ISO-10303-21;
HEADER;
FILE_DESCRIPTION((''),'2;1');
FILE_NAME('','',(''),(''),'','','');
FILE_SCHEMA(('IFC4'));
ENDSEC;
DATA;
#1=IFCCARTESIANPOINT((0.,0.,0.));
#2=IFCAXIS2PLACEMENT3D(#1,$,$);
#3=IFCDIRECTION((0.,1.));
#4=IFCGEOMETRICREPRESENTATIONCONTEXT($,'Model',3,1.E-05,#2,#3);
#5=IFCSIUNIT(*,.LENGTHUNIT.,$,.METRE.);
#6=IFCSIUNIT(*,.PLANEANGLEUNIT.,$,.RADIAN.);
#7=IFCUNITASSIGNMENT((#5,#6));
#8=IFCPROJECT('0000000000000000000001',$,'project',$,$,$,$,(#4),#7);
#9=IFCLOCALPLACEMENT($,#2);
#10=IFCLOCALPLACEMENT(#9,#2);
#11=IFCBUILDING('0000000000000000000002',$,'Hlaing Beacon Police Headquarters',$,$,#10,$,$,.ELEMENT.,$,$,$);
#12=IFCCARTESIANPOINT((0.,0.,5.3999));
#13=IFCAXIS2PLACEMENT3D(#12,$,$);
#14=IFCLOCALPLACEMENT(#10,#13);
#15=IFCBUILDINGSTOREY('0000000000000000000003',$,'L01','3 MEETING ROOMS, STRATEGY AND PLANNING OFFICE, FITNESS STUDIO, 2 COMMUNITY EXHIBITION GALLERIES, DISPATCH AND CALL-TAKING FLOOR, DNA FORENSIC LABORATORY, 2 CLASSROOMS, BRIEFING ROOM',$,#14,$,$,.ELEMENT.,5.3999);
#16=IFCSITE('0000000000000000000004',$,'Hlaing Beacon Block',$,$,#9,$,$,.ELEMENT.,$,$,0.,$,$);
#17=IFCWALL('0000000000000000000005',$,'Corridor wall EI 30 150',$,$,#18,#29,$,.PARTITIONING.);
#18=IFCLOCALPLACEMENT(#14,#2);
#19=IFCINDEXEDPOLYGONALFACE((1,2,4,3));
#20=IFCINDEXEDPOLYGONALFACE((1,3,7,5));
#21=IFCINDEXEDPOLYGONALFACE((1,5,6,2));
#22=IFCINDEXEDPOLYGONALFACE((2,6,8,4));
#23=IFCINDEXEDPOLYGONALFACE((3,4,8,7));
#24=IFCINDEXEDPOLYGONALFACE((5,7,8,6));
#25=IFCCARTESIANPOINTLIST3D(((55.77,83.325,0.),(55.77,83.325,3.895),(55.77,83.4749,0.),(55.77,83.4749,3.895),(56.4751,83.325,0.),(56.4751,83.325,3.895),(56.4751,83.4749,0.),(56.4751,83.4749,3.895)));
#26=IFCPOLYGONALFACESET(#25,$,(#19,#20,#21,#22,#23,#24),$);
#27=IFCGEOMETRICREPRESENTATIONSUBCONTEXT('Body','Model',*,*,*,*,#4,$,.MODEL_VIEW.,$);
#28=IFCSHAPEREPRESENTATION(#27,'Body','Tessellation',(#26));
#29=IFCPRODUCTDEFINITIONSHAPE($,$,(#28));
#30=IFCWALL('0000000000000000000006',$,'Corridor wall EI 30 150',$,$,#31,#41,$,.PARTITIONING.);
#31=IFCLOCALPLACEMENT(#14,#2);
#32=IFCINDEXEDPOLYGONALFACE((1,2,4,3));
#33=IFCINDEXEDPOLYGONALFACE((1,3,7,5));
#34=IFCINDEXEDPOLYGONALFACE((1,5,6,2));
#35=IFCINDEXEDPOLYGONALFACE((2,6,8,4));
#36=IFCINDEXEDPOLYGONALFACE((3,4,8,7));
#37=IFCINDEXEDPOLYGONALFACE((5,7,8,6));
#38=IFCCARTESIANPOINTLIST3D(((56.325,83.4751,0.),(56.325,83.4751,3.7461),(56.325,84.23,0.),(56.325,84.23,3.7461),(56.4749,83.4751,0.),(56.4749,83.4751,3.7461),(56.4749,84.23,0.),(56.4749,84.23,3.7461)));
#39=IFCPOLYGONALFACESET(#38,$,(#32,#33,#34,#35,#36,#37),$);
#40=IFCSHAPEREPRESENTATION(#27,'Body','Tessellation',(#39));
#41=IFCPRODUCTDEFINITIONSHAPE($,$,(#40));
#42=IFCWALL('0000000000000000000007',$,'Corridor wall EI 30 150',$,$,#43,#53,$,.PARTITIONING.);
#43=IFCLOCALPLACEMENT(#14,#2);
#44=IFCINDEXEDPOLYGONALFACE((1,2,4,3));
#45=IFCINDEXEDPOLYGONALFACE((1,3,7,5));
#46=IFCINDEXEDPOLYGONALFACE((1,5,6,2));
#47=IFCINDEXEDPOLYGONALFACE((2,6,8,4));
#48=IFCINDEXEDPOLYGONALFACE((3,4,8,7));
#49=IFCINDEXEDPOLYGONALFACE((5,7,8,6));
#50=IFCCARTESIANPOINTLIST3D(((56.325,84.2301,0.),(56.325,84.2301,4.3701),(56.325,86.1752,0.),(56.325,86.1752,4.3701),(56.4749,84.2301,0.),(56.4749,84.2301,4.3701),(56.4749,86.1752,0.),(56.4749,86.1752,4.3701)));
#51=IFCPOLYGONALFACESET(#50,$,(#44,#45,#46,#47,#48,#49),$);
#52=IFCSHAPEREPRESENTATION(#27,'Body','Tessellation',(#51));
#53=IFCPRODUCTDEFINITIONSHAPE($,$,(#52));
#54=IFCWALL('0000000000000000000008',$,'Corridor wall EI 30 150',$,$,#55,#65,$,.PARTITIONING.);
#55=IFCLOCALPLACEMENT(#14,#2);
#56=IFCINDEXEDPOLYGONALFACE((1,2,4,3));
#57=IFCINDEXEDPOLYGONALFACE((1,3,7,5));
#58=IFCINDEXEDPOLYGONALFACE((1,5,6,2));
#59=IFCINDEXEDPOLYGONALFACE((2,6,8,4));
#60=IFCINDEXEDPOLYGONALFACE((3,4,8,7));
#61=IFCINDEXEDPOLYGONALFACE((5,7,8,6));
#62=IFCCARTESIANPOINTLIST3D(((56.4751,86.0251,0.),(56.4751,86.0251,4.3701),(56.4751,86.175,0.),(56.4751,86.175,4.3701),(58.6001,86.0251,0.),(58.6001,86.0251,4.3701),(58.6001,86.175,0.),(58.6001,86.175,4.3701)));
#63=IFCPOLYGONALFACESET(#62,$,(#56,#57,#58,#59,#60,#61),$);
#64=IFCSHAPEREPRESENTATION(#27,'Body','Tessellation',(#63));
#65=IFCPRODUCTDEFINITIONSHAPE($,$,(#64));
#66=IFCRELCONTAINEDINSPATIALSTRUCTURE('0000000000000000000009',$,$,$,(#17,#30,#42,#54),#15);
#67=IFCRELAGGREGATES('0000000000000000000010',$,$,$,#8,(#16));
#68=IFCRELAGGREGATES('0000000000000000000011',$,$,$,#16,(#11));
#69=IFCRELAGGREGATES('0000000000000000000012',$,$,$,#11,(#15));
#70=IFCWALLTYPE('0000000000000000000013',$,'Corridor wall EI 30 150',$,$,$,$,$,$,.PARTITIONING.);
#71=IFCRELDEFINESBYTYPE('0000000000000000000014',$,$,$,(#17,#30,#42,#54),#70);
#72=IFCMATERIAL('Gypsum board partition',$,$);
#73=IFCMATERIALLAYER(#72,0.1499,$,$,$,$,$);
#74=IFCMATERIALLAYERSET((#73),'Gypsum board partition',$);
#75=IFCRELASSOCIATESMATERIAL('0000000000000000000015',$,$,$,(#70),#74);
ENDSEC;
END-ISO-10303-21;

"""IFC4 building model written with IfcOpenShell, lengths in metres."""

from ifc_helpers import new_model, si_unit, direction, frame, frame_2d, origin, place, context, subcontext, project, spatial, rectangle, extrude, material, layer, layer_set, type_object, element, save


model = new_model("IFC4")

# Units and contexts
model_context = context("Model", 3, precision=1e-05, world=origin(), true_north=direction((0.0, 1.0)))
body_context = subcontext(model_context, "Body", "Model", "MODEL_VIEW")
ifc_project = project(units=[si_unit("LENGTHUNIT", "METRE"), si_unit("PLANEANGLEUNIT", "RADIAN")], contexts=[model_context])

# Site, building, storey
site_placement = place(None, origin())
site = spatial("IfcSite", under=ifc_project, at=site_placement, Name="Hlaing Beacon Block", CompositionType="ELEMENT", RefElevation=0.0)
building_placement = place(site_placement, origin())
building = spatial("IfcBuilding", under=site, at=building_placement, Name="Hlaing Beacon Police Headquarters", CompositionType="ELEMENT")
storey_placement = place(building_placement, frame((0.0, 0.0, 5.3999)))
storey = spatial("IfcBuildingStorey", under=building, at=storey_placement, Name="L01", Description="3 MEETING ROOMS, STRATEGY AND PLANNING OFFICE, FITNESS STUDIO, 2 COMMUNITY EXHIBITION GALLERIES, DISPATCH AND CALL-TAKING FLOOR, DNA FORENSIC LABORATORY, 2 CLASSROOMS, BRIEFING ROOM", CompositionType="ELEMENT", Elevation=5.3999)

# Shared definitions
ifc_material_1 = material(Name="Gypsum board partition")
ifc_layer_1 = layer(ifc_material_1, 0.1499)
ifc_layer_set_1 = layer_set([ifc_layer_1], Name="Gypsum board partition")
wall_type_1 = type_object("IfcWallType", Name="Corridor wall EI 30 150", PredefinedType="PARTITIONING", material=ifc_layer_set_1)

# Walls
wall_1_placement = place(storey_placement, frame((55.77, 83.3999, 0.0), z_axis=(0.0, 0.0, 1.0), x_axis=(1.0, 0.0, 0.0)))
element("IfcWall", 1, at=wall_1_placement, inside=storey, type_object=wall_type_1, Name="Corridor wall EI 30 150", PredefinedType="PARTITIONING", context=body_context, shape_type="SweptSolid", body=[
    extrude(rectangle(XDim=0.7051, YDim=0.1499, at=frame_2d((0.3525, 0.0))), origin(), (0.0, 0.0, 1.0), 3.895),
])
wall_2_placement = place(storey_placement, frame((56.3999, 83.4751, 0.0), z_axis=(0.0, 0.0, 1.0), x_axis=(0.0, 1.0, 0.0)))
element("IfcWall", 2, at=wall_2_placement, inside=storey, type_object=wall_type_1, Name="Corridor wall EI 30 150", PredefinedType="PARTITIONING", context=body_context, shape_type="SweptSolid", body=[
    extrude(rectangle(XDim=0.7549, YDim=0.1499, at=frame_2d((0.3774, 0.0))), origin(), (0.0, 0.0, 1.0), 3.7461),
])
wall_3_placement = place(storey_placement, frame((56.3999, 84.23, 0.0), z_axis=(0.0, 0.0, 1.0), x_axis=(0.0, 1.0, 0.0)))
element("IfcWall", 3, at=wall_3_placement, inside=storey, type_object=wall_type_1, Name="Corridor wall EI 30 150", PredefinedType="PARTITIONING", context=body_context, shape_type="SweptSolid", body=[
    extrude(rectangle(XDim=1.9451, YDim=0.1499, at=frame_2d((0.9727, 0.0))), origin(), (0.0, 0.0, 1.0), 4.3701),
])
wall_4_placement = place(storey_placement, frame((56.4751, 86.1001, 0.0), z_axis=(0.0, 0.0, 1.0), x_axis=(1.0, 0.0, 0.0)))
element("IfcWall", 4, at=wall_4_placement, inside=storey, type_object=wall_type_1, Name="Corridor wall EI 30 150", PredefinedType="PARTITIONING", context=body_context, shape_type="SweptSolid", body=[
    extrude(rectangle(XDim=2.125, YDim=0.1499, at=frame_2d((1.0625, 0.0))), origin(), (0.0, 0.0, 1.0), 4.3701),
])

save(model, "model.ifc")
